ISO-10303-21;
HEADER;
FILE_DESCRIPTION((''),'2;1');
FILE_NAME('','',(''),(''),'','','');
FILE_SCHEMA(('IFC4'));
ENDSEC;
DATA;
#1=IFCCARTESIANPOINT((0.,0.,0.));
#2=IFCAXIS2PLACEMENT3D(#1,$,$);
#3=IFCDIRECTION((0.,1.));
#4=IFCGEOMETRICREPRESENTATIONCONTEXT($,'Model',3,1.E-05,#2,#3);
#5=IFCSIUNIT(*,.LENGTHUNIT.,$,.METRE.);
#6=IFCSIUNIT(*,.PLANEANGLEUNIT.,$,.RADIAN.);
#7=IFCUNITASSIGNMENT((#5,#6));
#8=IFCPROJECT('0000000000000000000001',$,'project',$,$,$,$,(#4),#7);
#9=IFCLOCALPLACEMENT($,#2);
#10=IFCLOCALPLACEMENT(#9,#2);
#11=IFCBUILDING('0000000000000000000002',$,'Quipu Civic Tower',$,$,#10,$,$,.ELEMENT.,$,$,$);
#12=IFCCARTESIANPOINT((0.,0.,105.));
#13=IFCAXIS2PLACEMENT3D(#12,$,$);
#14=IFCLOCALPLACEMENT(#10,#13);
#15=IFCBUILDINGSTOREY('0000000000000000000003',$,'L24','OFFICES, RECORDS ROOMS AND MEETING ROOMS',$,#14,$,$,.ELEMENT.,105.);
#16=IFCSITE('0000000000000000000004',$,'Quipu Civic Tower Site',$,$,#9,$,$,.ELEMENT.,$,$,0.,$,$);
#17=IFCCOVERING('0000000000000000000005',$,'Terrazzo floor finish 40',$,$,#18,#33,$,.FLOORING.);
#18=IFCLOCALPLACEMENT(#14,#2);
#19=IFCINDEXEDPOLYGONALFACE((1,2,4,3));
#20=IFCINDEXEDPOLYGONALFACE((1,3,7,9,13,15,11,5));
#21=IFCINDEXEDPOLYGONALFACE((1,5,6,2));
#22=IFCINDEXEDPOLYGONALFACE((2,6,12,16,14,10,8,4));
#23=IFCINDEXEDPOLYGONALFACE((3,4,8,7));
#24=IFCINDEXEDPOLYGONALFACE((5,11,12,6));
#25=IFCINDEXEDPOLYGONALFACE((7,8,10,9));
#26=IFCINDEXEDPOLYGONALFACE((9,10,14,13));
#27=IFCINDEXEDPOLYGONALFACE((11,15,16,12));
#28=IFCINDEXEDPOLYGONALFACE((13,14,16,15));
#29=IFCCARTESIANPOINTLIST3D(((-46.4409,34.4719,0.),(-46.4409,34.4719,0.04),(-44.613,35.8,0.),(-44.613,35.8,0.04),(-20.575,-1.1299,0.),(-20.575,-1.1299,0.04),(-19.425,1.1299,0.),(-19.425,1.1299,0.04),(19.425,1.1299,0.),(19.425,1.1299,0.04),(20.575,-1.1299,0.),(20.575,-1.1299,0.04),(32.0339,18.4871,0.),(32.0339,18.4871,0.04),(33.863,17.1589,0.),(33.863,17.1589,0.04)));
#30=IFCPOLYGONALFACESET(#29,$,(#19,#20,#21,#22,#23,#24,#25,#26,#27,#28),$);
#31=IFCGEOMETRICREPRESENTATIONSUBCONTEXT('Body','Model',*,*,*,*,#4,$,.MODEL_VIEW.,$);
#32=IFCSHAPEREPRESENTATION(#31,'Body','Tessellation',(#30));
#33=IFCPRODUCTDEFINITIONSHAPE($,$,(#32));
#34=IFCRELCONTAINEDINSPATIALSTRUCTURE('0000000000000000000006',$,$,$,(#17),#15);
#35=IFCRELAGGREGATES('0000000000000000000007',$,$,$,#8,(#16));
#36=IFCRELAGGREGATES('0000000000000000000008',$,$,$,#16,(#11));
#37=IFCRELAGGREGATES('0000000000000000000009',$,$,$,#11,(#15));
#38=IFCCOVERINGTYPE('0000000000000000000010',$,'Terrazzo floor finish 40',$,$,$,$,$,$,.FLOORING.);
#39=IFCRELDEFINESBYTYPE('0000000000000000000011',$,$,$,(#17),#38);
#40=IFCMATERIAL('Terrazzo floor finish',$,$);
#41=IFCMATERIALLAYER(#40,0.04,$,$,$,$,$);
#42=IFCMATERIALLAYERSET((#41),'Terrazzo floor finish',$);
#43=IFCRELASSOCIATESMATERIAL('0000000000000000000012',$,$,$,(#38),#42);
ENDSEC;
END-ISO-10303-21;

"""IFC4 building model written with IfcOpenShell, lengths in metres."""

from ifc_helpers import new_model, si_unit, direction, frame, origin, place, context, subcontext, project, spatial, polyline, outline, extrude, material, layer, layer_set, type_object, element, save


model = new_model("IFC4")

# Units and contexts
model_context = context("Model", 3, precision=1e-05, world=origin(), true_north=direction((0.0, 1.0)))
body_context = subcontext(model_context, "Body", "Model", "MODEL_VIEW")
ifc_project = project(units=[si_unit("LENGTHUNIT", "METRE"), si_unit("PLANEANGLEUNIT", "RADIAN")], contexts=[model_context])

# Site, building, storey
site_placement = place(None, origin())
site = spatial("IfcSite", under=ifc_project, at=site_placement, Name="Quipu Civic Tower Site", CompositionType="ELEMENT", RefElevation=0.0)
building_placement = place(site_placement, origin())
building = spatial("IfcBuilding", under=site, at=building_placement, Name="Quipu Civic Tower", CompositionType="ELEMENT")
storey_placement = place(building_placement, frame((0.0, 0.0, 105.0)))
storey = spatial("IfcBuildingStorey", under=building, at=storey_placement, Name="L24", Description="OFFICES, RECORDS ROOMS AND MEETING ROOMS", CompositionType="ELEMENT", Elevation=105.0)

# Covering
ifc_material_1 = material(Name="Terrazzo floor finish")
ifc_layer_1 = layer(ifc_material_1, 0.04)
ifc_layer_set_1 = layer_set([ifc_layer_1], Name="Terrazzo floor finish")
covering_type_1 = type_object("IfcCoveringType", Name="Terrazzo floor finish 40", PredefinedType="FLOORING", material=ifc_layer_set_1)
covering_1_placement = place(storey_placement, origin())
element("IfcCovering", 1, at=covering_1_placement, inside=storey, type_object=covering_type_1, Name="Terrazzo floor finish 40", PredefinedType="FLOORING", context=body_context, shape_type="SweptSolid", body=[
    extrude(outline(polyline([(20.575, -1.1299), (-20.575, -1.1299), (-46.4409, 34.4719), (-44.613, 35.8), (-19.425, 1.1299), (19.425, 1.1299), (32.0339, 18.4871), (33.863, 17.1589), (20.575, -1.1299)])), origin(), (0.0, 0.0, 1.0), 0.04),
])

save(model, "model.ifc")
